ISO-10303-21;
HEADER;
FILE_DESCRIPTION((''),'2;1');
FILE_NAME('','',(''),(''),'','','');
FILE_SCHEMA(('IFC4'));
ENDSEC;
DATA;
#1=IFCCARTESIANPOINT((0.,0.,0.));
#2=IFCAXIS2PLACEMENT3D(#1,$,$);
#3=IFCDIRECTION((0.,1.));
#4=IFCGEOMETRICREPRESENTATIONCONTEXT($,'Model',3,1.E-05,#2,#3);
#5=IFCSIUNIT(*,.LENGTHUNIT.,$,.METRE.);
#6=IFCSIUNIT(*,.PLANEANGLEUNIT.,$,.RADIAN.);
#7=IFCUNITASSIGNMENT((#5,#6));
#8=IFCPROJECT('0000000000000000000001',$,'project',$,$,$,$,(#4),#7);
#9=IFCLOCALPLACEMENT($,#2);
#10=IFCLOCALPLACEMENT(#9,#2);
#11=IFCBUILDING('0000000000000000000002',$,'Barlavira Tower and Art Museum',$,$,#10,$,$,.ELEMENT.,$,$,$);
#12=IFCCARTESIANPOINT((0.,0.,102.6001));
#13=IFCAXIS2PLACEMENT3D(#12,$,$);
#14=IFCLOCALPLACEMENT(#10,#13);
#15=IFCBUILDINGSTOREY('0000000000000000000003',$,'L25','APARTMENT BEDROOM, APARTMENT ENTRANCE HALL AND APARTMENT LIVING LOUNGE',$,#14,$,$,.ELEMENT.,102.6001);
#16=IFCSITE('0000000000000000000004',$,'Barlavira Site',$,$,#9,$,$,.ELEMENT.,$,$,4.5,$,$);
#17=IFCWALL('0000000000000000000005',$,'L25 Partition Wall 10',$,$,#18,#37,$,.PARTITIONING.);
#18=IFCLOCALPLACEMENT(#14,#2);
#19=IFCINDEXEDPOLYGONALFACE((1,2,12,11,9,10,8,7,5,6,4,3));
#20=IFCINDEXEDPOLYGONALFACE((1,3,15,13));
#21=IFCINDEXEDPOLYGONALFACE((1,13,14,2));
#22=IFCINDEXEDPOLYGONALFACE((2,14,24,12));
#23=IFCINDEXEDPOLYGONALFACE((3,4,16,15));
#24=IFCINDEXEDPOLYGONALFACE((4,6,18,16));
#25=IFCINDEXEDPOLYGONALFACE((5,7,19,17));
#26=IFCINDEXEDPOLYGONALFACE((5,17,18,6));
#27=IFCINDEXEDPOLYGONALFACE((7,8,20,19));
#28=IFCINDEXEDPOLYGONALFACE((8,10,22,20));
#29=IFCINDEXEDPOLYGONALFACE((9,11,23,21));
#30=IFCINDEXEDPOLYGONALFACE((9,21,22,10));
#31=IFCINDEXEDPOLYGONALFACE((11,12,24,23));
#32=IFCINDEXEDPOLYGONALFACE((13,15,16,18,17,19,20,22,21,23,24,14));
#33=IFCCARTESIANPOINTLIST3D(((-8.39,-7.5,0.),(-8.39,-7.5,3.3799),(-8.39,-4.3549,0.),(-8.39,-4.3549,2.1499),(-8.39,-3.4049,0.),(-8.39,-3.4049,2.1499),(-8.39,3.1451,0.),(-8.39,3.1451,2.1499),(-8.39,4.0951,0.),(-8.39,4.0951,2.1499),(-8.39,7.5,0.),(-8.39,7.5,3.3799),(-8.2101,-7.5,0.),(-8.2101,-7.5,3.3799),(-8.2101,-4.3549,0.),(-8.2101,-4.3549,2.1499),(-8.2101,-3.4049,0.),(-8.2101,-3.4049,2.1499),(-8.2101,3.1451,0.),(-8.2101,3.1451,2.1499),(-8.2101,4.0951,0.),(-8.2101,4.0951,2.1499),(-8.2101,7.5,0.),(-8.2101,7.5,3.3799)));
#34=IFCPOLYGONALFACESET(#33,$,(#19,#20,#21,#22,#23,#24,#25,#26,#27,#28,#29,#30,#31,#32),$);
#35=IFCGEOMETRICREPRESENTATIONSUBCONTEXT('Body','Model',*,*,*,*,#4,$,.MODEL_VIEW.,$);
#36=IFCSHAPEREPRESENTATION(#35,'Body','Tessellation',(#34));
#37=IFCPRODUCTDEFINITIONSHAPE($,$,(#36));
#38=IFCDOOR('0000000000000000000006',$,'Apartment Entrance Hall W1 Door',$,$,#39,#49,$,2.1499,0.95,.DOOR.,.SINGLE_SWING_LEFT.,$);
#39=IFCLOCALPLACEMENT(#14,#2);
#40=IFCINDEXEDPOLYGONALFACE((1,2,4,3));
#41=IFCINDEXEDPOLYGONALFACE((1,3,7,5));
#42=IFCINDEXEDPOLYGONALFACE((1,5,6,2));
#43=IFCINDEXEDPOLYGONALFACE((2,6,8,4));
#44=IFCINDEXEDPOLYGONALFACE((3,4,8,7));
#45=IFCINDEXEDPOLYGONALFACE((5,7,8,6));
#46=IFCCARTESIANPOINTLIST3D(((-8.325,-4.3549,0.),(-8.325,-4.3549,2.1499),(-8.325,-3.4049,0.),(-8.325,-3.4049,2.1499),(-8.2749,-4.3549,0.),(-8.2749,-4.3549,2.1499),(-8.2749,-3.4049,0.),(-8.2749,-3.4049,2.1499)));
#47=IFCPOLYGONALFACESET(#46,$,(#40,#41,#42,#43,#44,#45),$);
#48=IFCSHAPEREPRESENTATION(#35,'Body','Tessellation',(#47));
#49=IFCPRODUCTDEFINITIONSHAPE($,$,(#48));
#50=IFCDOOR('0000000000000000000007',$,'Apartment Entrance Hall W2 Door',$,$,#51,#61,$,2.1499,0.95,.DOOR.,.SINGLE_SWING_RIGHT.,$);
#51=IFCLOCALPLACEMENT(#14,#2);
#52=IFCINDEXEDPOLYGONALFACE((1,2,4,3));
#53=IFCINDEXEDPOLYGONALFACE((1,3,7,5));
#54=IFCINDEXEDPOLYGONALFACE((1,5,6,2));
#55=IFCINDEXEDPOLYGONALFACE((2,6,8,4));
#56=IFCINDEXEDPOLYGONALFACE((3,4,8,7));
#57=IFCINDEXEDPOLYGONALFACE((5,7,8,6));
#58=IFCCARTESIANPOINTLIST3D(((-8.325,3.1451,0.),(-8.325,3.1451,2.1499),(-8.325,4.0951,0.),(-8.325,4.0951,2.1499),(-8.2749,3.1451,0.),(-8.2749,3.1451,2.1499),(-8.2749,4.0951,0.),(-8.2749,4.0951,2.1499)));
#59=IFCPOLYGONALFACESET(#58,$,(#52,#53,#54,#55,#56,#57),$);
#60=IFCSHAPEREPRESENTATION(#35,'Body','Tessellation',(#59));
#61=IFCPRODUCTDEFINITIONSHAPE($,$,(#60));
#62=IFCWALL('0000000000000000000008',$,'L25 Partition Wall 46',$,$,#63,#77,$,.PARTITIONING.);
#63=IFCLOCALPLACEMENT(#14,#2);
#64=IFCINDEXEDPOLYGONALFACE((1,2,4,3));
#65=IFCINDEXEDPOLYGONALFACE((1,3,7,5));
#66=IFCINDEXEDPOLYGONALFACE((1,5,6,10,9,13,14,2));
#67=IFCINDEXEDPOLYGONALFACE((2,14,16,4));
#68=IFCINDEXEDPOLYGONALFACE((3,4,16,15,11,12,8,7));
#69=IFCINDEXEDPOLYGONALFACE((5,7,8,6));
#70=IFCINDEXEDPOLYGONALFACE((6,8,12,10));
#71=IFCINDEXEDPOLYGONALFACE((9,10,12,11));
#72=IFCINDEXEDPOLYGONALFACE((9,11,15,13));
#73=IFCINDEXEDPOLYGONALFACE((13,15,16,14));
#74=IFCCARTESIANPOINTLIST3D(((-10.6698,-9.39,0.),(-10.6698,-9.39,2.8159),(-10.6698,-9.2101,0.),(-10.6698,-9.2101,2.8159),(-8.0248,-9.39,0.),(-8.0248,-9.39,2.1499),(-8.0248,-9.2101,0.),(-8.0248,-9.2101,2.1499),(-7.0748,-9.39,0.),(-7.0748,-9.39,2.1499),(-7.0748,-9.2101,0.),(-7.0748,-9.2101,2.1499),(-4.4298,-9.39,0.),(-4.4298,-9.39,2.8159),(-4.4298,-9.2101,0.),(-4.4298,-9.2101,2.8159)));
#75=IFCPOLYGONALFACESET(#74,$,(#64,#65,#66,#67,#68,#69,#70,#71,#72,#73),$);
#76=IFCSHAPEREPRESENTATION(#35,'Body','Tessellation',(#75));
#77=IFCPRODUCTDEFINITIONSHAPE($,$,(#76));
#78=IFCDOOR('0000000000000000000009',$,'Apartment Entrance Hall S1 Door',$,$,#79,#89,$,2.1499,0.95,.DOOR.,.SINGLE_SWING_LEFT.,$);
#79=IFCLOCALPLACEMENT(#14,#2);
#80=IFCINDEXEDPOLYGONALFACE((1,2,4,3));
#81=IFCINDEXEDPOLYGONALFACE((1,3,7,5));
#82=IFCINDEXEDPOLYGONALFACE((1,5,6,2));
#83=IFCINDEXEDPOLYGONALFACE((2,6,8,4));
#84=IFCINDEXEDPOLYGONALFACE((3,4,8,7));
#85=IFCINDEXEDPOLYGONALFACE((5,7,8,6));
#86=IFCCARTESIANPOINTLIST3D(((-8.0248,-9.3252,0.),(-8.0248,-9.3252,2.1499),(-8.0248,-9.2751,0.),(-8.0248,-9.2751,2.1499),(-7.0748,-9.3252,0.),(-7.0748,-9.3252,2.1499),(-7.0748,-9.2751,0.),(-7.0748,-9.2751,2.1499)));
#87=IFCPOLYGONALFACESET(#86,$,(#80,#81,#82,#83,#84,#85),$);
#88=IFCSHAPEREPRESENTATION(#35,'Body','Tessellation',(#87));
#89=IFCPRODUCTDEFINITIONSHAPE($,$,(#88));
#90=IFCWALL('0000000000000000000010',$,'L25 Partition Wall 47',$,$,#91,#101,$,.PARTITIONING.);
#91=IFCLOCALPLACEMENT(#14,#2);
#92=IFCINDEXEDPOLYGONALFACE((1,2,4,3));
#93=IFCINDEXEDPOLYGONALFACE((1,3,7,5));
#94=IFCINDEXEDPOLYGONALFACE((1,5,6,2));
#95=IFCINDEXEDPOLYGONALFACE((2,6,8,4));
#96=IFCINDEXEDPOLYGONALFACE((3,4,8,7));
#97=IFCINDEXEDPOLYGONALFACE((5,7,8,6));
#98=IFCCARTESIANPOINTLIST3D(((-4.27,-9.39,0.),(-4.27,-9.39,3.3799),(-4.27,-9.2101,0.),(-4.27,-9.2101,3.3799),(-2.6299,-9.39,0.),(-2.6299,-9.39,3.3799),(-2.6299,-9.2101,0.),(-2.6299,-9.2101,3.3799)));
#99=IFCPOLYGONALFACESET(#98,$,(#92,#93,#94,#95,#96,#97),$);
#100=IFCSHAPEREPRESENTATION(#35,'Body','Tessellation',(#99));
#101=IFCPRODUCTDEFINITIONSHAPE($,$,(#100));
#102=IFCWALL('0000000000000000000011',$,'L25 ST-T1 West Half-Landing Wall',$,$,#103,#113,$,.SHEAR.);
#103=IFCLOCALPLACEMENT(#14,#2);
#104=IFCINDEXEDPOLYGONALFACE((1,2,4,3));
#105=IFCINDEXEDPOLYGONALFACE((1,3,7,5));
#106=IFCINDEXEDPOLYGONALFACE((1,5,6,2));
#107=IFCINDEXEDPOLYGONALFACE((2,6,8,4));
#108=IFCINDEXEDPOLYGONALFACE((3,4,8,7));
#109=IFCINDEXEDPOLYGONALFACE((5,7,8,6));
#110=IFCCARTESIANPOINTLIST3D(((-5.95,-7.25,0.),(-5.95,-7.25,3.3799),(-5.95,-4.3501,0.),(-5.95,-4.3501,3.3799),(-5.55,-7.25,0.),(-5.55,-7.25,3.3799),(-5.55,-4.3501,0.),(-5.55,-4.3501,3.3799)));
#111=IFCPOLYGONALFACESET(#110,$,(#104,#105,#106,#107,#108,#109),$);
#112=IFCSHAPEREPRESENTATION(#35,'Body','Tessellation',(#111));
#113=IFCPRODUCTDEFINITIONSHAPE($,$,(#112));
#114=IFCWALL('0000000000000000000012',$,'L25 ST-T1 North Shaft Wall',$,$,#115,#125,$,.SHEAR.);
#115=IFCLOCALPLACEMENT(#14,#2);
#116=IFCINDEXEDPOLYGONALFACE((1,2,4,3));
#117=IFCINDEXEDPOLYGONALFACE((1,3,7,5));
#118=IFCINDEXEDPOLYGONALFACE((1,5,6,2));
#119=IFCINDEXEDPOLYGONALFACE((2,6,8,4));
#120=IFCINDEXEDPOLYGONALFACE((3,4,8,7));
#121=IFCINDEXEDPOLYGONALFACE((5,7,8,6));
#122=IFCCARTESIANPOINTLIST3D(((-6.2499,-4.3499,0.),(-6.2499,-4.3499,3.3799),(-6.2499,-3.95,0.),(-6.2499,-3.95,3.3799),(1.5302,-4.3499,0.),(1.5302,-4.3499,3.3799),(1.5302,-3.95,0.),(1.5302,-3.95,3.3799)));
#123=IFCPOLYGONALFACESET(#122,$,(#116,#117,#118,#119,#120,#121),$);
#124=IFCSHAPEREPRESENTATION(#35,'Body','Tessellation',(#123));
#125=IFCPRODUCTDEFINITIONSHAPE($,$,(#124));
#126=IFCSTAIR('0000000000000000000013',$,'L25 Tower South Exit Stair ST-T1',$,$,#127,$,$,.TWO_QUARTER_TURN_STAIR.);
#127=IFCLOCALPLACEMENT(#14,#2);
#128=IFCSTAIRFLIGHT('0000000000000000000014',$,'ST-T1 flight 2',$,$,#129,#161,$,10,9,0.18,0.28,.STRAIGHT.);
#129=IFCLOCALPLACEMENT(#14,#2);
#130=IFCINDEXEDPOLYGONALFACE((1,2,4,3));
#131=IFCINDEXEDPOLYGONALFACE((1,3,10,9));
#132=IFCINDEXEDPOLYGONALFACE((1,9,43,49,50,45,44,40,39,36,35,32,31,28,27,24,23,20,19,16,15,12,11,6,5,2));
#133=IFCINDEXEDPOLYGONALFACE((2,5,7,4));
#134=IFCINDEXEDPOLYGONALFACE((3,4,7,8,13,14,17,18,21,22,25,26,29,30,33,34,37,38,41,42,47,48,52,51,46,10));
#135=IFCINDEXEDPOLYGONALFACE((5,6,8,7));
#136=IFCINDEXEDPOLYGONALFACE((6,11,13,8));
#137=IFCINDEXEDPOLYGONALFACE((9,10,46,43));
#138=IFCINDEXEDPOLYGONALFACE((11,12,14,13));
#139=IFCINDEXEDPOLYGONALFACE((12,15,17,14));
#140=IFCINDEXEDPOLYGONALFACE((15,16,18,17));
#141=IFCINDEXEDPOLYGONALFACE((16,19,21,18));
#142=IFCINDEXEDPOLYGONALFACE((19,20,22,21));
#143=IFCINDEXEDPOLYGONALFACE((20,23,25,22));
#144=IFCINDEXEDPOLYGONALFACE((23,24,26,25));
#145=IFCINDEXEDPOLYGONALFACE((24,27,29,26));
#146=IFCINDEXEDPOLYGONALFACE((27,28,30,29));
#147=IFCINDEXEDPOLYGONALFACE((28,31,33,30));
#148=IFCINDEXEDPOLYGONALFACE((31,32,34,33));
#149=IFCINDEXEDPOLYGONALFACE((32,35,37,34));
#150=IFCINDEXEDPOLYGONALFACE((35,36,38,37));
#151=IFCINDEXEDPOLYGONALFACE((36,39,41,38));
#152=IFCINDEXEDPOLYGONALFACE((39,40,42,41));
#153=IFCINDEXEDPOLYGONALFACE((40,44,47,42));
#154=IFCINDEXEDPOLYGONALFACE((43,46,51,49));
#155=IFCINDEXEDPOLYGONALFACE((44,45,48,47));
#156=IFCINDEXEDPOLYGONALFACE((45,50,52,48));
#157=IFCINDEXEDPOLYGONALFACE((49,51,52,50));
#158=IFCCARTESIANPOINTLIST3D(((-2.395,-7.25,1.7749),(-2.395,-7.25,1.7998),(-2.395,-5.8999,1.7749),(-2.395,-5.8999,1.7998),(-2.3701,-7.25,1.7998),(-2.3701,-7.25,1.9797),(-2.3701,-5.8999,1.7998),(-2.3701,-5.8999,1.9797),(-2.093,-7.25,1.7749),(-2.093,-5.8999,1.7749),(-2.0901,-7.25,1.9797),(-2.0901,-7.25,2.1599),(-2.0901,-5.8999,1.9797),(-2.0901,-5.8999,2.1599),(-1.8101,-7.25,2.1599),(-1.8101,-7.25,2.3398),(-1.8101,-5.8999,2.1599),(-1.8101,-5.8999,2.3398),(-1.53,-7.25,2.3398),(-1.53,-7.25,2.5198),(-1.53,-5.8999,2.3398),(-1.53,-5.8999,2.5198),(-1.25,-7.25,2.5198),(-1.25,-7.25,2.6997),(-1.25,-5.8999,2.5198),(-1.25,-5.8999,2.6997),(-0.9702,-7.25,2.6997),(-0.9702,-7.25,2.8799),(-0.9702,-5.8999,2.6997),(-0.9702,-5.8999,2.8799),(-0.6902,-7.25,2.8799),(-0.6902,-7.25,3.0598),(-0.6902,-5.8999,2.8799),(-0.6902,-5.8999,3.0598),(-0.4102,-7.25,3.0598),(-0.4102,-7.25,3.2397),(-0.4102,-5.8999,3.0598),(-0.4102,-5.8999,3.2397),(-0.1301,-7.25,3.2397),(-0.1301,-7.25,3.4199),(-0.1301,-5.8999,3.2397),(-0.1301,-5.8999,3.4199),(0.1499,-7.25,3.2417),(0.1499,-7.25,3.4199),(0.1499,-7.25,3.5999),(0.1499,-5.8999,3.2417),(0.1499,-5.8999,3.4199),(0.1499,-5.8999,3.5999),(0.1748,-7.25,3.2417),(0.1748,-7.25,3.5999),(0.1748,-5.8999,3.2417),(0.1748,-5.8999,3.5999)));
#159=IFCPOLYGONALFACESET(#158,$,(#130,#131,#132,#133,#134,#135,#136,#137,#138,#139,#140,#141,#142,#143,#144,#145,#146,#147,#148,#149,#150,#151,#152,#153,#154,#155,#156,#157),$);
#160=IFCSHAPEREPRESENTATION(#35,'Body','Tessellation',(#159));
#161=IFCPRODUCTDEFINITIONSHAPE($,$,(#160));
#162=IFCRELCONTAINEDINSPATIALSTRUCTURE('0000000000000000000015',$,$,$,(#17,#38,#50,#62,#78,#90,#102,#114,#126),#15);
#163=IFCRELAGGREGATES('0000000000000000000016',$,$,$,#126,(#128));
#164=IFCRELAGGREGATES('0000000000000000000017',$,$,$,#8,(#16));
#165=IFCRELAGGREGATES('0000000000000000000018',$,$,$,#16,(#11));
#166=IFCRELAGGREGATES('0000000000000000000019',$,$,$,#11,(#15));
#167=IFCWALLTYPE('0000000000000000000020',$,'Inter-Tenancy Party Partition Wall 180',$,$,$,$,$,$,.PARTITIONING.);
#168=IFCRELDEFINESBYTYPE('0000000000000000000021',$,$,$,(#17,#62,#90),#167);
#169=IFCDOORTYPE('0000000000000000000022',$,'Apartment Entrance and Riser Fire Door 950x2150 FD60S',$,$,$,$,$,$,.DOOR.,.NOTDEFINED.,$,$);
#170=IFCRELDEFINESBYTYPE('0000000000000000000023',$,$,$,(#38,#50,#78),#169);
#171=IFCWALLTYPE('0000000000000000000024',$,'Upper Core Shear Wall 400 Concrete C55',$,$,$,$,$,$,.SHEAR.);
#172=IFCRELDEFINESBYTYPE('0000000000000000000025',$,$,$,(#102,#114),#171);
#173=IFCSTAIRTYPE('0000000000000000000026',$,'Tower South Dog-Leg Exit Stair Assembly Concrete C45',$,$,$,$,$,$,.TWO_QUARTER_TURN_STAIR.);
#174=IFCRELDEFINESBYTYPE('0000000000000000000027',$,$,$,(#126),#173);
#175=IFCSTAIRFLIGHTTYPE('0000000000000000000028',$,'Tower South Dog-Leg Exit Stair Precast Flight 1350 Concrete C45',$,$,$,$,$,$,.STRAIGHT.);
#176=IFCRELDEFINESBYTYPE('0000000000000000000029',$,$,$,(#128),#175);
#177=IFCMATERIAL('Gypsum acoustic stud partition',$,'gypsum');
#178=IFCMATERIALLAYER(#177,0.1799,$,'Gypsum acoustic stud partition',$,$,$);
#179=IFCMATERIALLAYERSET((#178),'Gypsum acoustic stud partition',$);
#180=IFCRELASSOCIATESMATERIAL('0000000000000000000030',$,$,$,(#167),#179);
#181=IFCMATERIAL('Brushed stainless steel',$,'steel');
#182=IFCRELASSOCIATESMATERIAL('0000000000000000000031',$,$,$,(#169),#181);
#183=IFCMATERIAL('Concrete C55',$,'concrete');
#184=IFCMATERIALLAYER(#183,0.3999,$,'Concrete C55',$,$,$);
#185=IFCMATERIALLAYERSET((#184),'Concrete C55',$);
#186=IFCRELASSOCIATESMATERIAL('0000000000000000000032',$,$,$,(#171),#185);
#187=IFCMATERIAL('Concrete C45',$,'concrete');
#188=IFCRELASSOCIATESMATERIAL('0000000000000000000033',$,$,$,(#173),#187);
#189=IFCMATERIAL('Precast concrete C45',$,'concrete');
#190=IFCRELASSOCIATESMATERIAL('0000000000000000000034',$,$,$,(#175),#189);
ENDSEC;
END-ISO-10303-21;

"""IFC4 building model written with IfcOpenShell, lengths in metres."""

from ifc_helpers import new_model, si_unit, direction, frame, frame_2d, origin, place, context, subcontext, project, spatial, polyline, rectangle, outline, extrude, material, layer, layer_set, type_object, element, fill, aggregate, save


model = new_model("IFC4")

# Units and contexts
model_context = context("Model", 3, precision=1e-05, world=origin(), true_north=direction((0.0, 1.0)))
body_context = subcontext(model_context, "Body", "Model", "MODEL_VIEW")
ifc_project = project(units=[si_unit("LENGTHUNIT", "METRE"), si_unit("PLANEANGLEUNIT", "RADIAN")], contexts=[model_context])

# Site, building, storey
site_placement = place(None, origin())
site = spatial("IfcSite", under=ifc_project, at=site_placement, Name="Barlavira Site", CompositionType="ELEMENT", RefElevation=4.5)
building_placement = place(site_placement, origin())
building = spatial("IfcBuilding", under=site, at=building_placement, Name="Barlavira Tower and Art Museum", CompositionType="ELEMENT")
storey_placement = place(building_placement, frame((0.0, 0.0, 102.6001)))
storey = spatial("IfcBuildingStorey", under=building, at=storey_placement, Name="L25", Description="APARTMENT BEDROOM, APARTMENT ENTRANCE HALL AND APARTMENT LIVING LOUNGE", CompositionType="ELEMENT", Elevation=102.6001)

# Shared definitions
ifc_material_1 = material(Name="Brushed stainless steel", Category="steel")

# Wall, openings, doors
ifc_material_2 = material(Name="Gypsum acoustic stud partition", Category="gypsum")
ifc_layer_1 = layer(ifc_material_2, 0.1799, Name="Gypsum acoustic stud partition")
ifc_layer_set_1 = layer_set([ifc_layer_1], Name="Gypsum acoustic stud partition")
wall_type_1 = type_object("IfcWallType", Name="Inter-Tenancy Party Partition Wall 180", PredefinedType="PARTITIONING", material=ifc_layer_set_1)
wall_1_placement = place(storey_placement, frame((-8.3, -7.5, 0.0), z_axis=(0.0, 0.0, 1.0), x_axis=(0.0, 1.0, 0.0)))
wall_1 = element("IfcWall", 1, at=wall_1_placement, inside=storey, type_object=wall_type_1, Name="L25 Partition Wall 10", PredefinedType="PARTITIONING", context=body_context, shape_type="SweptSolid", body=[
    extrude(rectangle(XDim=15.0, YDim=0.1799, at=frame_2d((7.5, 0.0))), origin(), (0.0, 0.0, 1.0), 3.3799),
])
opening_1_placement = place(wall_1_placement, frame((3.145, 0.0, 0.0)))
opening_1 = element("IfcOpeningElement", 2, at=opening_1_placement, cuts=wall_1, PredefinedType="OPENING", context=body_context, shape_type="SweptSolid", body=[
    extrude(rectangle(XDim=0.95, YDim=2.1499, at=frame_2d((0.4751, 1.075))), frame((0.0, 0.1001, 0.0), z_axis=(0.0, -1.0, 0.0), x_axis=(1.0, 0.0, 0.0)), (0.0, 0.0, 1.0), 0.2),
])
opening_2_placement = place(wall_1_placement, frame((10.645, 0.0, 0.0)))
opening_2 = element("IfcOpeningElement", 3, at=opening_2_placement, cuts=wall_1, PredefinedType="OPENING", context=body_context, shape_type="SweptSolid", body=[
    extrude(rectangle(XDim=0.95, YDim=2.1499, at=frame_2d((0.4751, 1.075))), frame((0.0, 0.1001, 0.0), z_axis=(0.0, -1.0, 0.0), x_axis=(1.0, 0.0, 0.0)), (0.0, 0.0, 1.0), 0.2),
])
door_type_1 = type_object("IfcDoorType", Name="Apartment Entrance and Riser Fire Door 950x2150 FD60S", OperationType="NOTDEFINED", PredefinedType="DOOR", material=ifc_material_1)
door_1_placement = place(opening_1_placement, origin())
door_1 = element("IfcDoor", 4, at=door_1_placement, inside=storey, type_object=door_type_1, Name="Apartment Entrance Hall W1 Door", OperationType="SINGLE_SWING_LEFT", OverallHeight=2.1499, OverallWidth=0.95, PredefinedType="DOOR", context=body_context, shape_type="SweptSolid", body=[
    extrude(rectangle(XDim=0.95, YDim=2.1499, at=frame_2d((0.4751, 1.075))), frame((0.0, 0.0249, 0.0), z_axis=(0.0, -1.0, 0.0), x_axis=(1.0, 0.0, 0.0)), (0.0, 0.0, 1.0), 0.05),
])
fill(opening_1, door_1)
door_2_placement = place(opening_2_placement, origin())
door_2 = element("IfcDoor", 5, at=door_2_placement, inside=storey, type_object=door_type_1, Name="Apartment Entrance Hall W2 Door", OperationType="SINGLE_SWING_RIGHT", OverallHeight=2.1499, OverallWidth=0.95, PredefinedType="DOOR", context=body_context, shape_type="SweptSolid", body=[
    extrude(rectangle(XDim=0.95, YDim=2.1499, at=frame_2d((0.4751, 1.075))), frame((0.0, 0.0249, 0.0), z_axis=(0.0, -1.0, 0.0), x_axis=(1.0, 0.0, 0.0)), (0.0, 0.0, 1.0), 0.05),
])
fill(opening_2, door_2)

# Wall, opening, door
wall_2_placement = place(storey_placement, frame((-10.6699, -9.3, 0.0), z_axis=(0.0, 0.0, 1.0), x_axis=(1.0, 0.0, 0.0)))
wall_2 = element("IfcWall", 6, at=wall_2_placement, inside=storey, type_object=wall_type_1, Name="L25 Partition Wall 46", PredefinedType="PARTITIONING", context=body_context, shape_type="SweptSolid", body=[
    extrude(rectangle(XDim=6.24, YDim=0.1799, at=frame_2d((3.1201, 0.0))), origin(), (0.0, 0.0, 1.0), 2.8159),
])
opening_3_placement = place(wall_2_placement, frame((2.645, 0.0, 0.0)))
opening_3 = element("IfcOpeningElement", 7, at=opening_3_placement, cuts=wall_2, PredefinedType="OPENING", context=body_context, shape_type="SweptSolid", body=[
    extrude(rectangle(XDim=0.95, YDim=2.1499, at=frame_2d((0.4751, 1.075))), frame((0.0, 0.1001, 0.0), z_axis=(0.0, -1.0, 0.0), x_axis=(1.0, 0.0, 0.0)), (0.0, 0.0, 1.0), 0.2),
])
door_3_placement = place(opening_3_placement, origin())
door_3 = element("IfcDoor", 8, at=door_3_placement, inside=storey, type_object=door_type_1, Name="Apartment Entrance Hall S1 Door", OperationType="SINGLE_SWING_LEFT", OverallHeight=2.1499, OverallWidth=0.95, PredefinedType="DOOR", context=body_context, shape_type="SweptSolid", body=[
    extrude(rectangle(XDim=0.95, YDim=2.1499, at=frame_2d((0.4751, 1.075))), frame((0.0, 0.0249, 0.0), z_axis=(0.0, -1.0, 0.0), x_axis=(1.0, 0.0, 0.0)), (0.0, 0.0, 1.0), 0.05),
])
fill(opening_3, door_3)

# Wall
wall_3_placement = place(storey_placement, frame((-4.27, -9.3, 0.0), z_axis=(0.0, 0.0, 1.0), x_axis=(1.0, 0.0, 0.0)))
element("IfcWall", 9, at=wall_3_placement, inside=storey, type_object=wall_type_1, Name="L25 Partition Wall 47", PredefinedType="PARTITIONING", context=body_context, shape_type="SweptSolid", body=[
    extrude(rectangle(XDim=1.6401, YDim=0.1799, at=frame_2d((0.8201, 0.0))), origin(), (0.0, 0.0, 1.0), 3.3799),
])

# Walls
ifc_material_3 = material(Name="Concrete C55", Category="concrete")
ifc_layer_2 = layer(ifc_material_3, 0.3999, Name="Concrete C55")
ifc_layer_set_2 = layer_set([ifc_layer_2], Name="Concrete C55")
wall_type_2 = type_object("IfcWallType", Name="Upper Core Shear Wall 400 Concrete C55", PredefinedType="SHEAR", material=ifc_layer_set_2)
wall_4_placement = place(storey_placement, frame((-5.75, -7.25, 0.0), z_axis=(0.0, 0.0, 1.0), x_axis=(0.0, 1.0, 0.0)))
element("IfcWall", 10, at=wall_4_placement, inside=storey, type_object=wall_type_2, Name="L25 ST-T1 West Half-Landing Wall", PredefinedType="SHEAR", context=body_context, shape_type="SweptSolid", body=[
    extrude(rectangle(XDim=2.8999, YDim=0.3999, at=frame_2d((1.45, 0.0))), origin(), (0.0, 0.0, 1.0), 3.3799),
])
wall_5_placement = place(storey_placement, frame((-6.25, -4.1499, 0.0), z_axis=(0.0, 0.0, 1.0), x_axis=(1.0, 0.0, 0.0)))
element("IfcWall", 11, at=wall_5_placement, inside=storey, type_object=wall_type_2, Name="L25 ST-T1 North Shaft Wall", PredefinedType="SHEAR", context=body_context, shape_type="SweptSolid", body=[
    extrude(rectangle(XDim=7.78, YDim=0.3999, at=frame_2d((3.8901, 0.0))), origin(), (0.0, 0.0, 1.0), 3.3799),
])

# Stair, stair flight
ifc_material_4 = material(Name="Concrete C45", Category="concrete")
stair_type = type_object("IfcStairType", Name="Tower South Dog-Leg Exit Stair Assembly Concrete C45", PredefinedType="TWO_QUARTER_TURN_STAIR", material=ifc_material_4)
stair_placement = place(storey_placement, origin())
stair = element("IfcStair", 12, at=stair_placement, inside=storey, type_object=stair_type, Name="L25 Tower South Exit Stair ST-T1", PredefinedType="TWO_QUARTER_TURN_STAIR")
ifc_material_5 = material(Name="Precast concrete C45", Category="concrete")
stair_flight_type = type_object("IfcStairFlightType", Name="Tower South Dog-Leg Exit Stair Precast Flight 1350 Concrete C45", PredefinedType="STRAIGHT", material=ifc_material_5)
stair_flight_placement = place(storey_placement, frame((-2.3701, -6.575, 1.7998), z_axis=(0.0, 0.0, 1.0), x_axis=(1.0, 0.0, 0.0)))
stair_flight = element("IfcStairFlight", 13, at=stair_flight_placement, type_object=stair_flight_type, Name="ST-T1 flight 2", NumberOfRisers=10, NumberOfTreads=9, PredefinedType="STRAIGHT", RiserHeight=0.18, TreadLength=0.28, context=body_context, shape_type="SweptSolid", body=[
    extrude(outline(polyline([(-0.0249, 0.0), (0.0, 0.0), (0.0, 0.1799), (0.28, 0.1799), (0.28, 0.3601), (0.5601, 0.3601), (0.5601, 0.54), (0.8401, 0.54), (0.8401, 0.72), (1.1201, 0.72), (1.1201, 0.8999), (1.3999, 0.8999), (1.3999, 1.0801), (1.6799, 1.0801), (1.6799, 1.26), (1.96, 1.26), (1.96, 1.4399), (2.24, 1.4399), (2.24, 1.6201), (2.52, 1.6201), (2.52, 1.8), (2.5449, 1.8), (2.5449, 1.4419), (2.52, 1.4419), (0.2771, -0.0249), (-0.0249, -0.0249), (-0.0249, 0.0)])), frame((0.0, 0.675, 0.0), z_axis=(0.0, -1.0, 0.0), x_axis=(1.0, 0.0, 0.0)), (0.0, 0.0, 1.0), 1.3501),
])
aggregate(stair, [stair_flight])

save(model, "model.ifc")
